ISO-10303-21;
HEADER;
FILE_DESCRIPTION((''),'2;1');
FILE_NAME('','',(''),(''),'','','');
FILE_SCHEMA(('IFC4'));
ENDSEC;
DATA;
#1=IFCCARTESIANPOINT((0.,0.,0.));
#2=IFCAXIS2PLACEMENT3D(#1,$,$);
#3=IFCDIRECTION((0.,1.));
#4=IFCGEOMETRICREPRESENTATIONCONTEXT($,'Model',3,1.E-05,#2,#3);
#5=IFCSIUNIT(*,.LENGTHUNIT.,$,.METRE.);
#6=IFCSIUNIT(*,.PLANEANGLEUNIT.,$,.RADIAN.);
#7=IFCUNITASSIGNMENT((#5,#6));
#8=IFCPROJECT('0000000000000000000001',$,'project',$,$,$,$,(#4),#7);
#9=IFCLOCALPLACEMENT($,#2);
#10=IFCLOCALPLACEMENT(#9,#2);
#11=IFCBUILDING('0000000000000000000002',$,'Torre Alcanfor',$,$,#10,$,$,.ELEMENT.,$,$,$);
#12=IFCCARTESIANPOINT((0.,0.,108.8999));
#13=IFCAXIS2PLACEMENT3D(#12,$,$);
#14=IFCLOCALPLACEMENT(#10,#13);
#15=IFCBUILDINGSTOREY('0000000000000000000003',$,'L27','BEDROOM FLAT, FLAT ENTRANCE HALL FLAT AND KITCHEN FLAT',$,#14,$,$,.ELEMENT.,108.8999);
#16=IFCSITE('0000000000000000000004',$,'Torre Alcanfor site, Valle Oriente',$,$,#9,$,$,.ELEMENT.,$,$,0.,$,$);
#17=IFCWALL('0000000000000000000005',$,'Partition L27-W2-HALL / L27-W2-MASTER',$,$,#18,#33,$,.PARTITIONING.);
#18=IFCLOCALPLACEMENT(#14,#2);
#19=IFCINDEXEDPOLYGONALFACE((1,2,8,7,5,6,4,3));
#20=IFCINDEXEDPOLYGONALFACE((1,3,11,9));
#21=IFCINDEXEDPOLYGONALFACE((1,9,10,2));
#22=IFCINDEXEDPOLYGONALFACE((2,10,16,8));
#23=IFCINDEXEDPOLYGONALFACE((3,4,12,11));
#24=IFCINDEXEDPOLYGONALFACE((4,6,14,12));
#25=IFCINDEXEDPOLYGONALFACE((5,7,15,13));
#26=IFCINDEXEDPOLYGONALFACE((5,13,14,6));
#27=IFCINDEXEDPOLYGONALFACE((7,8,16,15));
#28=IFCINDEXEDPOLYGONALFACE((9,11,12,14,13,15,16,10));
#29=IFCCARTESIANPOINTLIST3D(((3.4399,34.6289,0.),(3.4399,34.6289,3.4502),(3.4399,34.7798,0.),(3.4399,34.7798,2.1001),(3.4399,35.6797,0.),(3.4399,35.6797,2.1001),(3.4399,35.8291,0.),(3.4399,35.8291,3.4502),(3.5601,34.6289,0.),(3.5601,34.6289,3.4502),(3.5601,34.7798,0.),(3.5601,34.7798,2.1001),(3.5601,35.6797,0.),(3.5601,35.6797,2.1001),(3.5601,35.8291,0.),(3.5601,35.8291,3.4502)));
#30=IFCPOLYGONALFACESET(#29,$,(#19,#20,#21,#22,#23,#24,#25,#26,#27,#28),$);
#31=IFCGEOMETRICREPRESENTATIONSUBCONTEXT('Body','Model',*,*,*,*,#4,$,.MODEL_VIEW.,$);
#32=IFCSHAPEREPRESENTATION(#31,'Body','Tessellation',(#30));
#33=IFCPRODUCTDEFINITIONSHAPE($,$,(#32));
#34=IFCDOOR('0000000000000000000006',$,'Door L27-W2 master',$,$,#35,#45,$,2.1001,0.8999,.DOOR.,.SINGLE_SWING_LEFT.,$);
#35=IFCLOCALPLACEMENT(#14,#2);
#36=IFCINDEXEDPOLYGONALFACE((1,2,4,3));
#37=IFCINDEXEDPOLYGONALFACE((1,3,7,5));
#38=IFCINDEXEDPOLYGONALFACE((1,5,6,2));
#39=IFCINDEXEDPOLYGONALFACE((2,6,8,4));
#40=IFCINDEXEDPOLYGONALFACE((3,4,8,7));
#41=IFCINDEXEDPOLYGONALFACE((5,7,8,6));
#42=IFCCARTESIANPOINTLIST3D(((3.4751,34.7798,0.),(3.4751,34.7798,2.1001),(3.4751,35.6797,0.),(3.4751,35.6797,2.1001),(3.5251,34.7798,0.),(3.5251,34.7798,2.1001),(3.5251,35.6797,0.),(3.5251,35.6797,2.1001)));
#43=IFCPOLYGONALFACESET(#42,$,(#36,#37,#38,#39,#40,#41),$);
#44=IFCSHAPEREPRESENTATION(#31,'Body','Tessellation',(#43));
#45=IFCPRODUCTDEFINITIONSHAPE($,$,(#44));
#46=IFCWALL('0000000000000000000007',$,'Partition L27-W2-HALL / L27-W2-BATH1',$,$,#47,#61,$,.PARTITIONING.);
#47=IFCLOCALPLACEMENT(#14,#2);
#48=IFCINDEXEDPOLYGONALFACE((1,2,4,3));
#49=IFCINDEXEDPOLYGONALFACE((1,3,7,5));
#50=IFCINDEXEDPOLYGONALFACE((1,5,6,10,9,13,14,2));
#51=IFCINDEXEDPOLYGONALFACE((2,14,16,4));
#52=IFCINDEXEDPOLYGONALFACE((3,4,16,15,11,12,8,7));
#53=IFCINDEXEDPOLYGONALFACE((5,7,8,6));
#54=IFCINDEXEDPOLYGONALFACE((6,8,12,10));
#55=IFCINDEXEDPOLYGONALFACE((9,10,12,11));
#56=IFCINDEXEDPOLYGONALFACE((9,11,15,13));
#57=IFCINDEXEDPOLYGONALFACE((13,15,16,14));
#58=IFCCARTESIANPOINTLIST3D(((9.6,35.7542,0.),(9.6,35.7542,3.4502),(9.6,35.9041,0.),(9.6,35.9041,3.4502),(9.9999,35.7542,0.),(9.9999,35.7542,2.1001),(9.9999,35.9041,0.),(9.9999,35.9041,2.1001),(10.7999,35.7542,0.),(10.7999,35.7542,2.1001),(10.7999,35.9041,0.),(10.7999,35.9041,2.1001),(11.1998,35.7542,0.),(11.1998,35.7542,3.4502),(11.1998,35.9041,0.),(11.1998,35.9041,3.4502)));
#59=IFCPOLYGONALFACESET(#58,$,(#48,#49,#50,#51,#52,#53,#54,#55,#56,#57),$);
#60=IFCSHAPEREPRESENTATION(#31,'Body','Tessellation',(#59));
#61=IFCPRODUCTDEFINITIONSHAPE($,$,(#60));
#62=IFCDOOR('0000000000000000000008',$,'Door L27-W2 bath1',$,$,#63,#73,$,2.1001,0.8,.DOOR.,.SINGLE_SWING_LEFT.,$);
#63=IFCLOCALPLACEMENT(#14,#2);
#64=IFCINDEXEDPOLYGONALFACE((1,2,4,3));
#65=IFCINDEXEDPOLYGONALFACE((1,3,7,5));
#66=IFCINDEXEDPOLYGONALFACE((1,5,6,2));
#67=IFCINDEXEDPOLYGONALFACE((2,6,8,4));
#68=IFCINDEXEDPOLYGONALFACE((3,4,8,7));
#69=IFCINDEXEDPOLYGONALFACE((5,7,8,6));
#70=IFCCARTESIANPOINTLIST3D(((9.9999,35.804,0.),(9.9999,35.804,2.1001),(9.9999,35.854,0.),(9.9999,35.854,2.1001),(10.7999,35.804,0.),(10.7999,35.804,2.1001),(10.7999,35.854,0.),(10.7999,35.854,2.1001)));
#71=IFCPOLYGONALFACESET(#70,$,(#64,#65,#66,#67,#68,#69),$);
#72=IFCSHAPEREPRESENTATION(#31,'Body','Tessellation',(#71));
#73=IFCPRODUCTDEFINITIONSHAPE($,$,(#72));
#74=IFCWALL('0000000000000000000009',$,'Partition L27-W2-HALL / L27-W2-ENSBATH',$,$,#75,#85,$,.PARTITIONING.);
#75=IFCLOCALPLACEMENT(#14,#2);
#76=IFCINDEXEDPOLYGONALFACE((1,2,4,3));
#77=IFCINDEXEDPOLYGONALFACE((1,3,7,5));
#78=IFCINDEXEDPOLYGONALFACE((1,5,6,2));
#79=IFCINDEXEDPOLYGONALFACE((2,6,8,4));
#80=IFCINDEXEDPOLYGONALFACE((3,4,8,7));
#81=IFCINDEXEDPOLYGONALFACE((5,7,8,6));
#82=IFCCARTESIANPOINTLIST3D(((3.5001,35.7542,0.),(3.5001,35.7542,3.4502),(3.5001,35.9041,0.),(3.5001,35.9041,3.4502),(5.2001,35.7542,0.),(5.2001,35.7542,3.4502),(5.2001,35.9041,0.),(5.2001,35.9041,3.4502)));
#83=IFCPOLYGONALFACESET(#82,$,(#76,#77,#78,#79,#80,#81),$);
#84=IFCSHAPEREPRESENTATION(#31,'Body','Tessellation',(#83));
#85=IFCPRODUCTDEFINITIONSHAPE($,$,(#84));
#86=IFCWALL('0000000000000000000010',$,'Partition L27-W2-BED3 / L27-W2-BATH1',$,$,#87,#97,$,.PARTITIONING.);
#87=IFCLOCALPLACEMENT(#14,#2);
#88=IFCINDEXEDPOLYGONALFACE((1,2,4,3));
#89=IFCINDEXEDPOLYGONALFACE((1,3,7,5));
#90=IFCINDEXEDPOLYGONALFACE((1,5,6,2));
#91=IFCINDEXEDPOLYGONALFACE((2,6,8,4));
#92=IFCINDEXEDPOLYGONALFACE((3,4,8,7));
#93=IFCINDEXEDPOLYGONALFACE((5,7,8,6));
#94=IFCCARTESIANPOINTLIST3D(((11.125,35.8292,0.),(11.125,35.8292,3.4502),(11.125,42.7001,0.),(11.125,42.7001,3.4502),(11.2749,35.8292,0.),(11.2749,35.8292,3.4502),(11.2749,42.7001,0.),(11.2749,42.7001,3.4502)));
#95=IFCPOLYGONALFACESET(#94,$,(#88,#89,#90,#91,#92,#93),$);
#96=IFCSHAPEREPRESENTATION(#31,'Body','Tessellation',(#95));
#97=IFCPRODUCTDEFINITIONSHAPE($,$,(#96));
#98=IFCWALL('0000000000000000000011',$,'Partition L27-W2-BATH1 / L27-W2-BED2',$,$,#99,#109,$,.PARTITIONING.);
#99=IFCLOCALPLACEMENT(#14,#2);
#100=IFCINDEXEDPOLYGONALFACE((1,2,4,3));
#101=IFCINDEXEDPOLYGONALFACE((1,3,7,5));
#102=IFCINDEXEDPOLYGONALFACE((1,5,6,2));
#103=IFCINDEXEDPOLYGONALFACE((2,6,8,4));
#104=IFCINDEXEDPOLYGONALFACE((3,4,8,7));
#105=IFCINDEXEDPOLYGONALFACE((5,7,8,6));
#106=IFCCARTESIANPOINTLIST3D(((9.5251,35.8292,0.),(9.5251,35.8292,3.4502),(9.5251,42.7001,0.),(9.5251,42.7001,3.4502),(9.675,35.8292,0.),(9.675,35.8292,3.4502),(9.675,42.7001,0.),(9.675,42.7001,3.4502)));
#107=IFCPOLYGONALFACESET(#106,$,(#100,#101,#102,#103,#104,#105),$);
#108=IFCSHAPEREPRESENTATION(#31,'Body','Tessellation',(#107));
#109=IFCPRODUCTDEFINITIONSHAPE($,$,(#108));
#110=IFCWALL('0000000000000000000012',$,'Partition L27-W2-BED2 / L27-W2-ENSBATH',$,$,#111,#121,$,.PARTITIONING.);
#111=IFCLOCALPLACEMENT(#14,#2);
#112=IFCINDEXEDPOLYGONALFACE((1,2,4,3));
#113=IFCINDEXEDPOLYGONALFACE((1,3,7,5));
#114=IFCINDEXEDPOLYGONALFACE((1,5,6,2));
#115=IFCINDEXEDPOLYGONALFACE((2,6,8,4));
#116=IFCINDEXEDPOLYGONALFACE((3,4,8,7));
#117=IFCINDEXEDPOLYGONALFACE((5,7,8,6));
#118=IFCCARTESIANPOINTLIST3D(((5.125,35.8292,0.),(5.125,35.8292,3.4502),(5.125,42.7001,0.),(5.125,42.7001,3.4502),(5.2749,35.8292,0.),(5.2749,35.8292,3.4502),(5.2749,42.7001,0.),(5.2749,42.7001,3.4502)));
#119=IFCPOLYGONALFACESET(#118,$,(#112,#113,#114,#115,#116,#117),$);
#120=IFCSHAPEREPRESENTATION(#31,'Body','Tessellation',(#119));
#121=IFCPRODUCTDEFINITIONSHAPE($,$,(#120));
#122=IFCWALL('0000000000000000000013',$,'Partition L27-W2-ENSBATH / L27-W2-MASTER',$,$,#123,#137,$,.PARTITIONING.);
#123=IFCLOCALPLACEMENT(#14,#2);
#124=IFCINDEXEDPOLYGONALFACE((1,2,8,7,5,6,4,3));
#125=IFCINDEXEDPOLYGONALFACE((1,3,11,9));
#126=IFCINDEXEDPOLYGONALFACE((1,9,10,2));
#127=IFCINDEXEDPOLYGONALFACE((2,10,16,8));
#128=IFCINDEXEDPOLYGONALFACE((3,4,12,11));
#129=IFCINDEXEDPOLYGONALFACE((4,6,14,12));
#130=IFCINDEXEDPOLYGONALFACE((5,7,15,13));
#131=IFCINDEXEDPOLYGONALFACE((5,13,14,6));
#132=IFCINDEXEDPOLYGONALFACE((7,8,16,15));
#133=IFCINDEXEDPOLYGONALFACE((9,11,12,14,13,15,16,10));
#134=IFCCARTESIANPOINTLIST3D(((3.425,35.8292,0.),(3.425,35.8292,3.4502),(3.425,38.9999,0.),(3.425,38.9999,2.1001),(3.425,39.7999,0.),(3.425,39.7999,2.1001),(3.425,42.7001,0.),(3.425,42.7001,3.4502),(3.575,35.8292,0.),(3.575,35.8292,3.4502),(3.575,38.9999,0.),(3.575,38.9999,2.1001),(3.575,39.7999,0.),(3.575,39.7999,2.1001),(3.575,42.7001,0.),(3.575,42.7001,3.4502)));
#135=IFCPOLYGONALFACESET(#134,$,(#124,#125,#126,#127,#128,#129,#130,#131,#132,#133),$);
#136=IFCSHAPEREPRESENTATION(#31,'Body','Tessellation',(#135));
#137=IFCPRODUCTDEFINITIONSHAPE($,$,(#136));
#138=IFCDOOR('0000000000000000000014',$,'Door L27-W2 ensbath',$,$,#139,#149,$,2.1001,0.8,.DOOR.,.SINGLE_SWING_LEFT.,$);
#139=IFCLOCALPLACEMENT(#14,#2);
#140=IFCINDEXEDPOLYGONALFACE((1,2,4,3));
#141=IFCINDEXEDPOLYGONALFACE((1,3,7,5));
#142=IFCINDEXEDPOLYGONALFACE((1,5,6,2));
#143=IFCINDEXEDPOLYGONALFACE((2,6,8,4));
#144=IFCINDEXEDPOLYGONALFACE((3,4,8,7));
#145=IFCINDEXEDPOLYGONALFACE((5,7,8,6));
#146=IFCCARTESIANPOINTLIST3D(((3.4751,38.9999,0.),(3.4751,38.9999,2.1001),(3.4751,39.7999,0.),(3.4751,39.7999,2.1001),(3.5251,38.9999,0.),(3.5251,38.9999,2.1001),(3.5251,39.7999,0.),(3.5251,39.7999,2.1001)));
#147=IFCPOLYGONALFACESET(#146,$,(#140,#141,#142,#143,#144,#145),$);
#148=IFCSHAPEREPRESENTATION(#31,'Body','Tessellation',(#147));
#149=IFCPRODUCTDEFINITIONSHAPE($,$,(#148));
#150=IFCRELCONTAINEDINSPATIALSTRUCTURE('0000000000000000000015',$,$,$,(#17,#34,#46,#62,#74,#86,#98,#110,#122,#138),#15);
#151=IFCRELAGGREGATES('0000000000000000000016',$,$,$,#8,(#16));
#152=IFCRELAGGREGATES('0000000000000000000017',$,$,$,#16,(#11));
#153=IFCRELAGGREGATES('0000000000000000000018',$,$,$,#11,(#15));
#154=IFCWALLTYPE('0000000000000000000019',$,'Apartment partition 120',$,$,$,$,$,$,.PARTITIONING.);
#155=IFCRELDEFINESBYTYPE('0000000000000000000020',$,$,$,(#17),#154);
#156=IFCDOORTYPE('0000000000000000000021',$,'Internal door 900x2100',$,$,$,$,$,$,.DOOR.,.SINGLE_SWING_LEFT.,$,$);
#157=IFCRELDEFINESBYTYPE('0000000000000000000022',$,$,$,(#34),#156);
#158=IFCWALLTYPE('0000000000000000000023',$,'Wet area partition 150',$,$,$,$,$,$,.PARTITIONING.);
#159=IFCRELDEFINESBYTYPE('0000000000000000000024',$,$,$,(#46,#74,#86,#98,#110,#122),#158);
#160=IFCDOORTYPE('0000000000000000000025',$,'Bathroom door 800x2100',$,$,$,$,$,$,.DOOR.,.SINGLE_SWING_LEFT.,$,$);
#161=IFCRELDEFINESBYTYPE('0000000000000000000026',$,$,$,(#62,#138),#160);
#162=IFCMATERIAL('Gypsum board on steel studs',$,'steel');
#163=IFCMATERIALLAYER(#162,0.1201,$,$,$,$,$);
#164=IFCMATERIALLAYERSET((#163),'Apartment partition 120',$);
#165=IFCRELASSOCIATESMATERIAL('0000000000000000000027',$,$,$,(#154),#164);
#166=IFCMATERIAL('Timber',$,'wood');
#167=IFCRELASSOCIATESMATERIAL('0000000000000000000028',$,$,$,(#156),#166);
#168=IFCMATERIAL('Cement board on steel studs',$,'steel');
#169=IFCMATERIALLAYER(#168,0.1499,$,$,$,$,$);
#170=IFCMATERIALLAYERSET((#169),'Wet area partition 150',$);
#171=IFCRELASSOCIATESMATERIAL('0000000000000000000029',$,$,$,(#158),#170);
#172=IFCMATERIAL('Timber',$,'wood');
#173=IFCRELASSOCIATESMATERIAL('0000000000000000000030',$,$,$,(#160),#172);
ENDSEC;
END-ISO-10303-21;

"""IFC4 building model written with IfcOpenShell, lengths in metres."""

from ifc_helpers import new_model, si_unit, direction, frame, frame_2d, origin, place, context, subcontext, project, spatial, rectangle, extrude, material, layer, layer_set, type_object, element, fill, save


model = new_model("IFC4")

# Units and contexts
model_context = context("Model", 3, precision=1e-05, world=origin(), true_north=direction((0.0, 1.0)))
body_context = subcontext(model_context, "Body", "Model", "MODEL_VIEW")
ifc_project = project(units=[si_unit("LENGTHUNIT", "METRE"), si_unit("PLANEANGLEUNIT", "RADIAN")], contexts=[model_context])

# Site, building, storey
site_placement = place(None, origin())
site = spatial("IfcSite", under=ifc_project, at=site_placement, Name="Torre Alcanfor site, Valle Oriente", CompositionType="ELEMENT", RefElevation=0.0)
building_placement = place(site_placement, origin())
building = spatial("IfcBuilding", under=site, at=building_placement, Name="Torre Alcanfor", CompositionType="ELEMENT")
storey_placement = place(building_placement, frame((0.0, 0.0, 108.8999)))
storey = spatial("IfcBuildingStorey", under=building, at=storey_placement, Name="L27", Description="BEDROOM FLAT, FLAT ENTRANCE HALL FLAT AND KITCHEN FLAT", CompositionType="ELEMENT", Elevation=108.8999)

# Shared definitions
ifc_material_1 = material(Name="Gypsum board on steel studs", Category="steel")
ifc_layer_1 = layer(ifc_material_1, 0.1201)
ifc_layer_set_1 = layer_set([ifc_layer_1], Name="Apartment partition 120")
wall_type_1 = type_object("IfcWallType", Name="Apartment partition 120", PredefinedType="PARTITIONING", material=ifc_layer_set_1)

# Wall, opening, door
ifc_material_2 = material(Name="Timber", Category="wood")
door_type_1 = type_object("IfcDoorType", Name="Internal door 900x2100", OperationType="SINGLE_SWING_LEFT", PredefinedType="DOOR", material=ifc_material_2)
wall_1_placement = place(storey_placement, frame((3.5, 34.6289, 0.0), z_axis=(0.0, 0.0, 1.0), x_axis=(0.0, 1.0, 0.0)))
wall_1 = element("IfcWall", 1, at=wall_1_placement, inside=storey, type_object=wall_type_1, Name="Partition L27-W2-HALL / L27-W2-MASTER", PredefinedType="PARTITIONING", context=body_context, shape_type="SweptSolid", body=[
    extrude(rectangle(XDim=1.2002, YDim=0.1201, at=frame_2d((0.6001, 0.0))), origin(), (0.0, 0.0, 1.0), 3.4502),
])
opening_1_placement = place(wall_1_placement, frame((0.1509, 0.0, 0.0)))
opening_1 = element("IfcOpeningElement", 2, at=opening_1_placement, cuts=wall_1, PredefinedType="OPENING", context=body_context, shape_type="SweptSolid", body=[
    extrude(rectangle(XDim=0.8999, YDim=2.1001, at=frame_2d((0.45, 1.05))), frame((0.0, 0.0701, 0.0), z_axis=(0.0, -1.0, 0.0), x_axis=(1.0, 0.0, 0.0)), (0.0, 0.0, 1.0), 0.1401),
])
door_1_placement = place(opening_1_placement, origin())
door_1 = element("IfcDoor", 3, at=door_1_placement, inside=storey, type_object=door_type_1, Name="Door L27-W2 master", OperationType="SINGLE_SWING_LEFT", OverallHeight=2.1001, OverallWidth=0.8999, PredefinedType="DOOR", context=body_context, shape_type="SweptSolid", body=[
    extrude(rectangle(XDim=0.8999, YDim=2.1001, at=frame_2d((0.45, 1.05))), frame((0.0, 0.0249, 0.0), z_axis=(0.0, -1.0, 0.0), x_axis=(1.0, 0.0, 0.0)), (0.0, 0.0, 1.0), 0.05),
])
fill(opening_1, door_1)

# Wall, opening, door
ifc_material_3 = material(Name="Cement board on steel studs", Category="steel")
ifc_layer_2 = layer(ifc_material_3, 0.1499)
ifc_layer_set_2 = layer_set([ifc_layer_2], Name="Wet area partition 150")
wall_type_2 = type_object("IfcWallType", Name="Wet area partition 150", PredefinedType="PARTITIONING", material=ifc_layer_set_2)
wall_2_placement = place(storey_placement, frame((9.6001, 35.8291, 0.0), z_axis=(0.0, 0.0, 1.0), x_axis=(1.0, 0.0, 0.0)))
wall_2 = element("IfcWall", 4, at=wall_2_placement, inside=storey, type_object=wall_type_2, Name="Partition L27-W2-HALL / L27-W2-BATH1", PredefinedType="PARTITIONING", context=body_context, shape_type="SweptSolid", body=[
    extrude(rectangle(XDim=1.5999, YDim=0.1499, at=frame_2d((0.7998, 0.0))), origin(), (0.0, 0.0, 1.0), 3.4502),
])
opening_2_placement = place(wall_2_placement, frame((0.3999, 0.0, 0.0)))
opening_2 = element("IfcOpeningElement", 5, at=opening_2_placement, cuts=wall_2, PredefinedType="OPENING", context=body_context, shape_type="SweptSolid", body=[
    extrude(rectangle(XDim=0.8, YDim=2.1001, at=frame_2d((0.3999, 1.05))), frame((0.0, 0.085, 0.0), z_axis=(0.0, -1.0, 0.0), x_axis=(1.0, 0.0, 0.0)), (0.0, 0.0, 1.0), 0.1699),
])
ifc_material_4 = material(Name="Timber", Category="wood")
door_type_2 = type_object("IfcDoorType", Name="Bathroom door 800x2100", OperationType="SINGLE_SWING_LEFT", PredefinedType="DOOR", material=ifc_material_4)
door_2_placement = place(opening_2_placement, origin())
door_2 = element("IfcDoor", 6, at=door_2_placement, inside=storey, type_object=door_type_2, Name="Door L27-W2 bath1", OperationType="SINGLE_SWING_LEFT", OverallHeight=2.1001, OverallWidth=0.8, PredefinedType="DOOR", context=body_context, shape_type="SweptSolid", body=[
    extrude(rectangle(XDim=0.8, YDim=2.1001, at=frame_2d((0.3999, 1.05))), frame((0.0, 0.0249, 0.0), z_axis=(0.0, -1.0, 0.0), x_axis=(1.0, 0.0, 0.0)), (0.0, 0.0, 1.0), 0.05),
])
fill(opening_2, door_2)

# Walls
wall_3_placement = place(storey_placement, frame((3.5, 35.8291, 0.0), z_axis=(0.0, 0.0, 1.0), x_axis=(1.0, 0.0, 0.0)))
element("IfcWall", 7, at=wall_3_placement, inside=storey, type_object=wall_type_2, Name="Partition L27-W2-HALL / L27-W2-ENSBATH", PredefinedType="PARTITIONING", context=body_context, shape_type="SweptSolid", body=[
    extrude(rectangle(XDim=1.7, YDim=0.1499, at=frame_2d((0.8501, 0.0))), origin(), (0.0, 0.0, 1.0), 3.4502),
])
for number, where, z_axis, x_axis, name in (
    (8, (11.2, 35.8291, 0.0), (0.0, 0.0, 1.0), (0.0, 1.0, 0.0), "Partition L27-W2-BED3 / L27-W2-BATH1"),
    (9, (9.6001, 35.8291, 0.0), (0.0, 0.0, 1.0), (0.0, 1.0, 0.0), "Partition L27-W2-BATH1 / L27-W2-BED2"),
    (10, (5.2, 35.8291, 0.0), (0.0, 0.0, 1.0), (0.0, 1.0, 0.0), "Partition L27-W2-BED2 / L27-W2-ENSBATH"),
):
    element("IfcWall", number, at=place(storey_placement, frame(where, z_axis=z_axis, x_axis=x_axis)), inside=storey, type_object=wall_type_2, Name=name, PredefinedType="PARTITIONING", context=body_context, shape_type="SweptSolid", body=[
        extrude(rectangle(XDim=6.8708, YDim=0.1499, at=frame_2d((3.4355, 0.0))), origin(), (0.0, 0.0, 1.0), 3.4502),
    ])

# Wall, opening, door
wall_4_placement = place(storey_placement, frame((3.5, 35.8291, 0.0), z_axis=(0.0, 0.0, 1.0), x_axis=(0.0, 1.0, 0.0)))
wall_4 = element("IfcWall", 11, at=wall_4_placement, inside=storey, type_object=wall_type_2, Name="Partition L27-W2-ENSBATH / L27-W2-MASTER", PredefinedType="PARTITIONING", context=body_context, shape_type="SweptSolid", body=[
    extrude(rectangle(XDim=6.8708, YDim=0.1499, at=frame_2d((3.4355, 0.0))), origin(), (0.0, 0.0, 1.0), 3.4502),
])
opening_3_placement = place(wall_4_placement, frame((3.1709, 0.0, 0.0)))
opening_3 = element("IfcOpeningElement", 12, at=opening_3_placement, cuts=wall_4, PredefinedType="OPENING", context=body_context, shape_type="SweptSolid", body=[
    extrude(rectangle(XDim=0.8, YDim=2.1001, at=frame_2d((0.3999, 1.05))), frame((0.0, 0.085, 0.0), z_axis=(0.0, -1.0, 0.0), x_axis=(1.0, 0.0, 0.0)), (0.0, 0.0, 1.0), 0.1699),
])
door_3_placement = place(opening_3_placement, frame((0.8, 0.0, 0.0), z_axis=(0.0, 0.0, 1.0), x_axis=(-1.0, 0.0, 0.0)))
door_3 = element("IfcDoor", 13, at=door_3_placement, inside=storey, type_object=door_type_2, Name="Door L27-W2 ensbath", OperationType="SINGLE_SWING_LEFT", OverallHeight=2.1001, OverallWidth=0.8, PredefinedType="DOOR", context=body_context, shape_type="SweptSolid", body=[
    extrude(rectangle(XDim=0.8, YDim=2.1001, at=frame_2d((0.4001, 1.05))), frame((0.0, 0.0251, 0.0), z_axis=(0.0, -1.0, 0.0), x_axis=(1.0, 0.0, 0.0)), (0.0, 0.0, 1.0), 0.05),
])
fill(opening_3, door_3)

save(model, "model.ifc")
